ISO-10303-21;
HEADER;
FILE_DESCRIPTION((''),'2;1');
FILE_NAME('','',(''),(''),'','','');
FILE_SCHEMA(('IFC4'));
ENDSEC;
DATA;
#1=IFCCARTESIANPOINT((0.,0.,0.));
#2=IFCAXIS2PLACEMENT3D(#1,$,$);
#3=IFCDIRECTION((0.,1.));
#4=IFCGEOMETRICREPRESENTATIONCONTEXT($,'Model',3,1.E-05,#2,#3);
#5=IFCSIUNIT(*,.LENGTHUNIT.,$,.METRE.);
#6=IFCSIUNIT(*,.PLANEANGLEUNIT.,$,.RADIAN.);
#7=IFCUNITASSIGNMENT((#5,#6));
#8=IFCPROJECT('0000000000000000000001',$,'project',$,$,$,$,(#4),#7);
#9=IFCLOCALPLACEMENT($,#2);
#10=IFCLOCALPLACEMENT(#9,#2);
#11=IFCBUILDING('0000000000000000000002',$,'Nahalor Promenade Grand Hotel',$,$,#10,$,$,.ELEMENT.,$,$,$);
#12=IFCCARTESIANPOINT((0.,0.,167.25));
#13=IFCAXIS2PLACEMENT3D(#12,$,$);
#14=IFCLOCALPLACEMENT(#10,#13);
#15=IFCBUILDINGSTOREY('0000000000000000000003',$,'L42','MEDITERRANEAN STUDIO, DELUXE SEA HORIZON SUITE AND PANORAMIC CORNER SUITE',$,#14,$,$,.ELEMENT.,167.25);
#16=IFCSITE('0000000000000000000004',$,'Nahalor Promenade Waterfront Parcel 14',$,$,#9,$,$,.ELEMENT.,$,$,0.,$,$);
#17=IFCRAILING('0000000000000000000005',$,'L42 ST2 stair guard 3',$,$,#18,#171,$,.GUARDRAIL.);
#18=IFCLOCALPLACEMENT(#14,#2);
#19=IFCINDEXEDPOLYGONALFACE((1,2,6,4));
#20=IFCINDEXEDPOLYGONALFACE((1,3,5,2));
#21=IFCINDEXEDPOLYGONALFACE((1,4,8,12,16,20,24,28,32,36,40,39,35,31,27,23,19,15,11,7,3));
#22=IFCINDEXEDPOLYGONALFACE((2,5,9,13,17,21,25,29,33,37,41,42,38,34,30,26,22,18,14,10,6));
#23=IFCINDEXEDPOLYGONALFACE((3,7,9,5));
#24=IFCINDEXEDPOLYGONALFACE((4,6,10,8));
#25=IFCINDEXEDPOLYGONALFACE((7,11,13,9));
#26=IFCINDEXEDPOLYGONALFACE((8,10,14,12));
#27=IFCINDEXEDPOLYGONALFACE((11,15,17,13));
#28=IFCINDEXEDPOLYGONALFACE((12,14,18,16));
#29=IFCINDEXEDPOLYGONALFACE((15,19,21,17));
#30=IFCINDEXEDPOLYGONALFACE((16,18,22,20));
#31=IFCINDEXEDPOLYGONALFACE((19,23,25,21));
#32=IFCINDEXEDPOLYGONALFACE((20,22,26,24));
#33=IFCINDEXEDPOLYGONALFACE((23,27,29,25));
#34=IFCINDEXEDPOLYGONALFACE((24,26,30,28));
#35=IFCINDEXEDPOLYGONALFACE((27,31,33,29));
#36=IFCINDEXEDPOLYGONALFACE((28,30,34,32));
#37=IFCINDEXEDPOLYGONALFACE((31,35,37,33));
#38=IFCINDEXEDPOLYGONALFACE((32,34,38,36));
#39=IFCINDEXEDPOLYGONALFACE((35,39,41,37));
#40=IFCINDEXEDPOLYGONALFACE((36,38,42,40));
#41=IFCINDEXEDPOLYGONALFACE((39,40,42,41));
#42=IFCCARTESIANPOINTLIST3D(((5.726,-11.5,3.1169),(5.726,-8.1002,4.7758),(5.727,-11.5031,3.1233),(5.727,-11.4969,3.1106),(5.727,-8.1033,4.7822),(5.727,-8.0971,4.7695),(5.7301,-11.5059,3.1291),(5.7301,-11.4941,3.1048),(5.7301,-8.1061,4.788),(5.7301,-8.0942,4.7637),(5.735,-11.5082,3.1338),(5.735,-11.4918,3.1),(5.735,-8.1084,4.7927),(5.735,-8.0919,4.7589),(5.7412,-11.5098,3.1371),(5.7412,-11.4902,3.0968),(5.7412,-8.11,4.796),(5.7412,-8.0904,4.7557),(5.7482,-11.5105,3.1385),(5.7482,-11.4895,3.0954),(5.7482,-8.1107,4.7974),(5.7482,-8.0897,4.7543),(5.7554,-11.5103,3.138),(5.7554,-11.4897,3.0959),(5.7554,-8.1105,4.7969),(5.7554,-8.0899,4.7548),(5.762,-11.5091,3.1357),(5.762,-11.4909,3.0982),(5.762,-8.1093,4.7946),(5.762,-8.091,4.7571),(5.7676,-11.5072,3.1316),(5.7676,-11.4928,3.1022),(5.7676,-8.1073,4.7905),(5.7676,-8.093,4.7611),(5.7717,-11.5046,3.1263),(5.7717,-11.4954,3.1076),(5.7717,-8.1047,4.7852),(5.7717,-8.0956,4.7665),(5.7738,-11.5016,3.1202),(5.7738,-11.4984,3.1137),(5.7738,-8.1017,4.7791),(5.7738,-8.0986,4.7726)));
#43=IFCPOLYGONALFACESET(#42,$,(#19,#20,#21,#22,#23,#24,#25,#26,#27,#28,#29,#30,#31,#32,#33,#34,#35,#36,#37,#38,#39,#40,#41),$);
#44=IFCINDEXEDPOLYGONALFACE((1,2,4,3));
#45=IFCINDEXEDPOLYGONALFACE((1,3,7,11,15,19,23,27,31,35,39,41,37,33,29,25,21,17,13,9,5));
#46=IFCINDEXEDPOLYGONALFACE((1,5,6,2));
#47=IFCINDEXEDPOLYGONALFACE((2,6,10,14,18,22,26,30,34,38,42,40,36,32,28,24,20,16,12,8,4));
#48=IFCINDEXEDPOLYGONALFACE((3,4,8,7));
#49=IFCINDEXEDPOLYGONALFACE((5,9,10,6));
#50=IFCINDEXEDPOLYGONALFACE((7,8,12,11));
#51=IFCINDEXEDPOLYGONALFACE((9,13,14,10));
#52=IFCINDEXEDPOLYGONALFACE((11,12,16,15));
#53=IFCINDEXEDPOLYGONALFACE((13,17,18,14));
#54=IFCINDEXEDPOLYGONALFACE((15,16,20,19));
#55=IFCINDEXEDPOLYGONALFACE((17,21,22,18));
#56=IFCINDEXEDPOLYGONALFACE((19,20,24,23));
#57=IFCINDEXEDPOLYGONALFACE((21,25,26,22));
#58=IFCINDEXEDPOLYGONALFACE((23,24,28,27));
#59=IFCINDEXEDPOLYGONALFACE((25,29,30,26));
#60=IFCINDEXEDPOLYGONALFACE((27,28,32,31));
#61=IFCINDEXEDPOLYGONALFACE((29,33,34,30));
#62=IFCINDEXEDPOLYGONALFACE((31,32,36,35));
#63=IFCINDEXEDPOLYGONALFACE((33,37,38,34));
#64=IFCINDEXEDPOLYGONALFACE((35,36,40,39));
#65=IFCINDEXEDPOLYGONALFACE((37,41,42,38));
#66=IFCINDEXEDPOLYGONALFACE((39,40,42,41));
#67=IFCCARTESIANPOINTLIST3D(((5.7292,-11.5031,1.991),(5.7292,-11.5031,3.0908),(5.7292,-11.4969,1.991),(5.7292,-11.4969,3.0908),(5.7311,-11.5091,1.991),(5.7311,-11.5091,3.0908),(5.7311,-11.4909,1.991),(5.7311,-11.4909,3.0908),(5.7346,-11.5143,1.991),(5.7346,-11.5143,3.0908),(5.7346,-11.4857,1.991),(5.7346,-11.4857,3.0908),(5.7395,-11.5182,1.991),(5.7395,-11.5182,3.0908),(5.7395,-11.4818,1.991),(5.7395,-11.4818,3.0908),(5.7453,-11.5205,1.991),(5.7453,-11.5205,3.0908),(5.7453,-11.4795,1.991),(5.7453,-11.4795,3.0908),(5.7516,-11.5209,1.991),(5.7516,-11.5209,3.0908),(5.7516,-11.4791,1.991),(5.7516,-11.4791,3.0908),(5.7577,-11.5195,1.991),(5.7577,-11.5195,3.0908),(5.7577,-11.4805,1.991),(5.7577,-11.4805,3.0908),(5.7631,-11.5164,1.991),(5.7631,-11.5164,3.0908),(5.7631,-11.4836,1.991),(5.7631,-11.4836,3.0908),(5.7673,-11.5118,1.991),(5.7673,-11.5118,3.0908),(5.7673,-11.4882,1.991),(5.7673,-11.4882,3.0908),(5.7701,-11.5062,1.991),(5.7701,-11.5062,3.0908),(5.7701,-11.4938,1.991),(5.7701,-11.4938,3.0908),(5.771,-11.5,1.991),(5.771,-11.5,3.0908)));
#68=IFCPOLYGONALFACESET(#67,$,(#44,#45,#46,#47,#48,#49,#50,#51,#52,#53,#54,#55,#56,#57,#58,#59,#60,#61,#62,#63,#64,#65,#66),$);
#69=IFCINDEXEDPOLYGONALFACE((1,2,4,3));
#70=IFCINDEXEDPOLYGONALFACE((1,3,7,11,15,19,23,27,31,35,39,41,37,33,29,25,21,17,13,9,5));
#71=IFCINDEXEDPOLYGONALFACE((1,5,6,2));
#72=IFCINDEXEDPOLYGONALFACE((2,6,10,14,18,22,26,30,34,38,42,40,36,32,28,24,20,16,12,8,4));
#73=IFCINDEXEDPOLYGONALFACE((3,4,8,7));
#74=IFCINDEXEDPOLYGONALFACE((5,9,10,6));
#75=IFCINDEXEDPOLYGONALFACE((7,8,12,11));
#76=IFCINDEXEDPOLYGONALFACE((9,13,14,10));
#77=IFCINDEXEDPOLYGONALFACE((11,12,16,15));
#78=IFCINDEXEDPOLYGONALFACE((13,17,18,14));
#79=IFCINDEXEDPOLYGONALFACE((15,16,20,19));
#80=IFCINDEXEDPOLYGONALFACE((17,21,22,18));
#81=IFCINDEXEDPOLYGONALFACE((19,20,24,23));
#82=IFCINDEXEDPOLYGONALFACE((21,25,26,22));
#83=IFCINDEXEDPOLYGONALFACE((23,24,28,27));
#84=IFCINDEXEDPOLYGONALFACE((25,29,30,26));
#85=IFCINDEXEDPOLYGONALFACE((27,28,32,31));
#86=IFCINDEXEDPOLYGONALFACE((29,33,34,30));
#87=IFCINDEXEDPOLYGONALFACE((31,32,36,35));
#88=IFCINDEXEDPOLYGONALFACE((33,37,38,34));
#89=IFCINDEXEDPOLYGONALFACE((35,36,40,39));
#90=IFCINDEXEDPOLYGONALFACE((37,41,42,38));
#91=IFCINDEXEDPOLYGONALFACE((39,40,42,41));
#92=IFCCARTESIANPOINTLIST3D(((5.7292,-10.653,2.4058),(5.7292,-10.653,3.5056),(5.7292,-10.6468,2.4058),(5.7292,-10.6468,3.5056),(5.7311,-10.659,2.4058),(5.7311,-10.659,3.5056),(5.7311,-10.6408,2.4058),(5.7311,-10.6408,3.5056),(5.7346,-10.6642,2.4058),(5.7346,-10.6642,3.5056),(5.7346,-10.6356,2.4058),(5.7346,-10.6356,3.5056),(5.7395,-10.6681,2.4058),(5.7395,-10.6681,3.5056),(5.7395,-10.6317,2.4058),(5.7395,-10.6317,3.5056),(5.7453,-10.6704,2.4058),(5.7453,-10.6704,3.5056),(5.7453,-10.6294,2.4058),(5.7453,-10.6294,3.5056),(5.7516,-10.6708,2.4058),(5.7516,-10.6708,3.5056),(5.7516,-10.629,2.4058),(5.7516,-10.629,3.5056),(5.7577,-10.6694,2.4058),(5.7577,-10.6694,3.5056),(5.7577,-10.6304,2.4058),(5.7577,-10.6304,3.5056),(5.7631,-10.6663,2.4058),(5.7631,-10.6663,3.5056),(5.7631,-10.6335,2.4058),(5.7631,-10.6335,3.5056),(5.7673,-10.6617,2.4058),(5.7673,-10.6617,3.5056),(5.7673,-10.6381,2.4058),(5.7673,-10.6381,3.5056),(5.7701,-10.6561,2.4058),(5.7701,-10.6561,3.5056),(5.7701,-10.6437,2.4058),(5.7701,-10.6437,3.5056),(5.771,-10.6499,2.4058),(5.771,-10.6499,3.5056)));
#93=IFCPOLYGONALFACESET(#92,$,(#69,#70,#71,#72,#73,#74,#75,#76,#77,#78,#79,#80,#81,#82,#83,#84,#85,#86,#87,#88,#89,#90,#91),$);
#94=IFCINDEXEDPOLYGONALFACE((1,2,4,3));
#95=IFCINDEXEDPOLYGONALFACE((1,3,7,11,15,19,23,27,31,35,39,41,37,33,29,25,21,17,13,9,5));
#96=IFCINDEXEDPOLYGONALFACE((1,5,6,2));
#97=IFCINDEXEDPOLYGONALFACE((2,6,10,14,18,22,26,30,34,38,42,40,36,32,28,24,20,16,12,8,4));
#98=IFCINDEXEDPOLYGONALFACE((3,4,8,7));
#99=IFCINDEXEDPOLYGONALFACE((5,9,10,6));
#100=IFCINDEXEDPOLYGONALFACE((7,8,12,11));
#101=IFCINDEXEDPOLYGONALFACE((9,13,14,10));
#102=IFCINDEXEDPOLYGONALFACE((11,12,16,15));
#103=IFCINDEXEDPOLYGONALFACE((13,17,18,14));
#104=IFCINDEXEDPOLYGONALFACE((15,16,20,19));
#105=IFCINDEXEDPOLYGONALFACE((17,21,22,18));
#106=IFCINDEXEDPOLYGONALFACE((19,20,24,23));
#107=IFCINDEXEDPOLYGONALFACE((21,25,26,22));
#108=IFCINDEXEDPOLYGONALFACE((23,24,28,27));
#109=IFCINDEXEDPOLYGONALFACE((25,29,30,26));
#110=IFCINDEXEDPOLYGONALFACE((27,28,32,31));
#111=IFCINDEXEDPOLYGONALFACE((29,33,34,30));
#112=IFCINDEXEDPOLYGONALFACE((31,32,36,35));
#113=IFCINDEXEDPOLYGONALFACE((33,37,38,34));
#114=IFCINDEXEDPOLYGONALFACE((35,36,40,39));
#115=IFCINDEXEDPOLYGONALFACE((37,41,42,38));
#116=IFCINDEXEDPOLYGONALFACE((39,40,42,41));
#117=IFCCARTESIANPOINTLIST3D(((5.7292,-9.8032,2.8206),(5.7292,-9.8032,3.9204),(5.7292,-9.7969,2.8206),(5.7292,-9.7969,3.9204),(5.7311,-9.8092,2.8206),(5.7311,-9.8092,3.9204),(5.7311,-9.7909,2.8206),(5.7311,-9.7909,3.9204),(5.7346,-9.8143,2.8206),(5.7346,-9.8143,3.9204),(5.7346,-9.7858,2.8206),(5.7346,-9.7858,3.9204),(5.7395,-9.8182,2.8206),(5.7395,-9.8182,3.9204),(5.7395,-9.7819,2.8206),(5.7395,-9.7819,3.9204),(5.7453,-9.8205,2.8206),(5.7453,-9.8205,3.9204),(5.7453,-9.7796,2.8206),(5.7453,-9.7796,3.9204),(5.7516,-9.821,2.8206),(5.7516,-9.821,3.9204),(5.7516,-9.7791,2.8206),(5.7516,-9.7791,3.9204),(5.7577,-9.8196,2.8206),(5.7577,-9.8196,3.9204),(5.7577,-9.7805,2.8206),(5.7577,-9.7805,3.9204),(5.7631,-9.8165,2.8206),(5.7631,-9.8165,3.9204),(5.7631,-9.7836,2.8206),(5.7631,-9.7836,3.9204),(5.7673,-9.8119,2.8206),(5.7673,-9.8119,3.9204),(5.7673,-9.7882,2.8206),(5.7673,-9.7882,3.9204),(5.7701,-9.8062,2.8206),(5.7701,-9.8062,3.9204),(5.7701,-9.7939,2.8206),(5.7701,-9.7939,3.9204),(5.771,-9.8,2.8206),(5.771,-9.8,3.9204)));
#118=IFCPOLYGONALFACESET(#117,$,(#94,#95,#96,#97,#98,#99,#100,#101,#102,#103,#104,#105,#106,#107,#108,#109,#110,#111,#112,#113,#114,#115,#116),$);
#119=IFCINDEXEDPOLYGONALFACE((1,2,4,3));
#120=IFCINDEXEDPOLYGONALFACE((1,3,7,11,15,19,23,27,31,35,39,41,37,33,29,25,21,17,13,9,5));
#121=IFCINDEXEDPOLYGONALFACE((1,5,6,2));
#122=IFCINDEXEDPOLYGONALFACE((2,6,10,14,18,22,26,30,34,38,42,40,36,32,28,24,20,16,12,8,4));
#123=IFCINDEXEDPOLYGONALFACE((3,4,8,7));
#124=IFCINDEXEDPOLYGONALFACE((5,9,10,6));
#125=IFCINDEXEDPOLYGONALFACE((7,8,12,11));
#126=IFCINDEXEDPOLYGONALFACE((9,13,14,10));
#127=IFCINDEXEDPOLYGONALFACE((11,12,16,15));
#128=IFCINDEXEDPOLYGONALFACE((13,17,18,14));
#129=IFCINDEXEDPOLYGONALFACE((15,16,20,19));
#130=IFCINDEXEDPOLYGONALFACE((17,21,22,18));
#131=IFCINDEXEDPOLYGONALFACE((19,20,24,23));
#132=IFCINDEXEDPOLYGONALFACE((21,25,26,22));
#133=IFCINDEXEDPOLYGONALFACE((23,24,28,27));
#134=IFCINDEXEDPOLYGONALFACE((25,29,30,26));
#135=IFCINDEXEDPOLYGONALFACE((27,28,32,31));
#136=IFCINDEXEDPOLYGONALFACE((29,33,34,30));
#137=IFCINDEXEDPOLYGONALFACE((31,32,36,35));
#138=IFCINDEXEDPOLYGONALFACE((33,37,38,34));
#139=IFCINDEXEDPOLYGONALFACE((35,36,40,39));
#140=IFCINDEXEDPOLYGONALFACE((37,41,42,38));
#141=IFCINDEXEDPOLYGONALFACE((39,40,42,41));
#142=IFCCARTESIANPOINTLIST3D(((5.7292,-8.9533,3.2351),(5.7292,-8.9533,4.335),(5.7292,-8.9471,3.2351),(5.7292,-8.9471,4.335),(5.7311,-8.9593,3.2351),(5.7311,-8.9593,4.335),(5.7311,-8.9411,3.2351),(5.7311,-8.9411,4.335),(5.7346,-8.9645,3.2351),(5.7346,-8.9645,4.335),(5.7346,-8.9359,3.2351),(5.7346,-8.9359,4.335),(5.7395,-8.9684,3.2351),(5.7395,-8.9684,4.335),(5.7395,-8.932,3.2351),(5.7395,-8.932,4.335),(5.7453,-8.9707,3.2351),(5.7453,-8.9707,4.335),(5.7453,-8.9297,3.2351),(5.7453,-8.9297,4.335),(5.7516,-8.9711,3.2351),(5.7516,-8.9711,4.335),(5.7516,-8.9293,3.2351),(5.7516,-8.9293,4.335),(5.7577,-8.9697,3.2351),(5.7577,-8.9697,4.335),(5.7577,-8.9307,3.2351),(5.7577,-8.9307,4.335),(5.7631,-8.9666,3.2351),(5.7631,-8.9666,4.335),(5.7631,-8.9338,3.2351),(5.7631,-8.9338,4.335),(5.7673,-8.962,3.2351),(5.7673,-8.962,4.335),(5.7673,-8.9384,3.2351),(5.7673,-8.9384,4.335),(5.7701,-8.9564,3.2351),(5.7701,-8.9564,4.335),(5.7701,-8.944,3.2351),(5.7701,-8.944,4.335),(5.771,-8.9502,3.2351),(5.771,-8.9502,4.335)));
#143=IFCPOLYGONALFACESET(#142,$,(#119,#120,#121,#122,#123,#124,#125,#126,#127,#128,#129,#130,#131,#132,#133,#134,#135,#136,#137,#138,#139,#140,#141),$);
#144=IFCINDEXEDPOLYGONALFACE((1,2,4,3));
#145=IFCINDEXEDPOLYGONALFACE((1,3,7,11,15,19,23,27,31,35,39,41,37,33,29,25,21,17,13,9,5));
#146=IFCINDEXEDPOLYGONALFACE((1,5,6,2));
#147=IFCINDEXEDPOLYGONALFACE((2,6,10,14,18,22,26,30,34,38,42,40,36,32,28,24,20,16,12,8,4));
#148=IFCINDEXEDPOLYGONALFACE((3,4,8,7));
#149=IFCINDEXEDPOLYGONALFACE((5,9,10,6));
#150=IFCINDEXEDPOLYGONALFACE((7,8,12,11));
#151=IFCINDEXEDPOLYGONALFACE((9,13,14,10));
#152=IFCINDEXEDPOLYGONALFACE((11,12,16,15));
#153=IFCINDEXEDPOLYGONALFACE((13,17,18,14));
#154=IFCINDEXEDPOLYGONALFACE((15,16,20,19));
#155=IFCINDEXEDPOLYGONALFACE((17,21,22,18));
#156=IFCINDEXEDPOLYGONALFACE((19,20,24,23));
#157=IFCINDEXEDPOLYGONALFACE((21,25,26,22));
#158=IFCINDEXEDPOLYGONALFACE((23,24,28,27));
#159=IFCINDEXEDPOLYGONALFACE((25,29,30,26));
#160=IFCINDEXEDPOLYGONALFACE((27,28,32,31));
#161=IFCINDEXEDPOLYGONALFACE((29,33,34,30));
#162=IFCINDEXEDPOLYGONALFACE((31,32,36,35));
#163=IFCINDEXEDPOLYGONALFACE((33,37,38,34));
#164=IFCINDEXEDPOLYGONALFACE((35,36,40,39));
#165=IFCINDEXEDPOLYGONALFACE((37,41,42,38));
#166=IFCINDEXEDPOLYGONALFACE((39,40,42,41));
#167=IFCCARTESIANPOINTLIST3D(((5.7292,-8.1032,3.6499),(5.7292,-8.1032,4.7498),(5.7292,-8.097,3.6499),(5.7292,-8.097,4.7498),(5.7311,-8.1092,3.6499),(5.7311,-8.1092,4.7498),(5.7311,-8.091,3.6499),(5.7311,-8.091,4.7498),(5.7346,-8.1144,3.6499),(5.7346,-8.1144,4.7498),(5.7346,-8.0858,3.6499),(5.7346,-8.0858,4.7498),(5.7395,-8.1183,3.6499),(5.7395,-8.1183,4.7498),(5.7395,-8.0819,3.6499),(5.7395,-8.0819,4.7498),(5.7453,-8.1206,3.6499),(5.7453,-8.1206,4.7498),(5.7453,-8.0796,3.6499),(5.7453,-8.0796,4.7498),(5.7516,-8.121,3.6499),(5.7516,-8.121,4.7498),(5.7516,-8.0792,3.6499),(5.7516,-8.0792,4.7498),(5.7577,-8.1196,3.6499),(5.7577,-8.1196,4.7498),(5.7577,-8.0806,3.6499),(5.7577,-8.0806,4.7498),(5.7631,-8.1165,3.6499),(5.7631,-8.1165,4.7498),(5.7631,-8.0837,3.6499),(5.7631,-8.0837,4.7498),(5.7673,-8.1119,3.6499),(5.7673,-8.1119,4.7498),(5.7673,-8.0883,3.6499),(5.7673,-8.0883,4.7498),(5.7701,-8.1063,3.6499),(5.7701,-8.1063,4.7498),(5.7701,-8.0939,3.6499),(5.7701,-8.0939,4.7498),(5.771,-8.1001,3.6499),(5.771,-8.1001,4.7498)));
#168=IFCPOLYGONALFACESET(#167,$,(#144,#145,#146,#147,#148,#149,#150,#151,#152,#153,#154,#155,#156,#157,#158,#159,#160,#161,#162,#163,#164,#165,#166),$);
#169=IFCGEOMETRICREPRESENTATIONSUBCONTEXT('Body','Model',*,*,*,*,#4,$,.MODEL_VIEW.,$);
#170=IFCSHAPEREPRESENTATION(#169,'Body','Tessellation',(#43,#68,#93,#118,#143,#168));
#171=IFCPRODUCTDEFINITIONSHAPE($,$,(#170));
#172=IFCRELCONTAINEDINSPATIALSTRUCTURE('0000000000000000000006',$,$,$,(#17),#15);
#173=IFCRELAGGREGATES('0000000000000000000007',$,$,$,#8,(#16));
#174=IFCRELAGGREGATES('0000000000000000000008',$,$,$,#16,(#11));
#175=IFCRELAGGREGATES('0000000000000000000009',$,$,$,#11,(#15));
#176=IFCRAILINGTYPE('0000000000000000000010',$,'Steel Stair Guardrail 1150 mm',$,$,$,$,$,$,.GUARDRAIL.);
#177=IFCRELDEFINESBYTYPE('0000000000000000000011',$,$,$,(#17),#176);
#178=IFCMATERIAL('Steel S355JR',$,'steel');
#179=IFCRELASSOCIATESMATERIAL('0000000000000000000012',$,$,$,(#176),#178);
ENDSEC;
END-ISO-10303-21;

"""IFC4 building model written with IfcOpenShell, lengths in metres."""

from ifc_helpers import new_model, si_unit, direction, frame, origin, origin_2d, place, context, subcontext, project, spatial, circle, extrude, material, type_object, element, save


model = new_model("IFC4")

# Units and contexts
model_context = context("Model", 3, precision=1e-05, world=origin(), true_north=direction((0.0, 1.0)))
body_context = subcontext(model_context, "Body", "Model", "MODEL_VIEW")
ifc_project = project(units=[si_unit("LENGTHUNIT", "METRE"), si_unit("PLANEANGLEUNIT", "RADIAN")], contexts=[model_context])

# Site, building, storey
site_placement = place(None, origin())
site = spatial("IfcSite", under=ifc_project, at=site_placement, Name="Nahalor Promenade Waterfront Parcel 14", CompositionType="ELEMENT", RefElevation=0.0)
building_placement = place(site_placement, origin())
building = spatial("IfcBuilding", under=site, at=building_placement, Name="Nahalor Promenade Grand Hotel", CompositionType="ELEMENT")
storey_placement = place(building_placement, frame((0.0, 0.0, 167.25)))
storey = spatial("IfcBuildingStorey", under=building, at=storey_placement, Name="L42", Description="MEDITERRANEAN STUDIO, DELUXE SEA HORIZON SUITE AND PANORAMIC CORNER SUITE", CompositionType="ELEMENT", Elevation=167.25)

# Shared definitions
ifc_material_1 = material(Name="Steel S355JR", Category="steel")

# Railing
railing_type_1 = type_object("IfcRailingType", Name="Steel Stair Guardrail 1150 mm", PredefinedType="GUARDRAIL", material=ifc_material_1)
railing_1_placement = place(storey_placement, frame((5.75, -11.5, 1.991)))
element("IfcRailing", 1, at=railing_1_placement, inside=storey, type_object=railing_type_1, Name="L42 ST2 stair guard 3", PredefinedType="GUARDRAIL", context=body_context, shape_type="SweptSolid", body=[
    extrude(circle(Radius=0.024, at=origin_2d()), frame((0.0, 0.0, 1.126), z_axis=(0.0, 0.898722, 0.438519), x_axis=(-1.0, 0.0, 0.0)), (0.0, 0.0, 1.0), 3.783),
    extrude(circle(Radius=0.021, at=origin_2d()), origin(), (0.0, 0.0, 1.0), 1.0999),
    extrude(circle(Radius=0.021, at=origin_2d()), frame((0.0, 0.8501, 0.4148)), (0.0, 0.0, 1.0), 1.0999),
    extrude(circle(Radius=0.021, at=origin_2d()), frame((0.0, 1.7, 0.8296)), (0.0, 0.0, 1.0), 1.0999),
    extrude(circle(Radius=0.021, at=origin_2d()), frame((0.0, 2.5498, 1.2441)), (0.0, 0.0, 1.0), 1.0999),
    extrude(circle(Radius=0.021, at=origin_2d()), frame((0.0, 3.3999, 1.6589)), (0.0, 0.0, 1.0), 1.0999),
])

save(model, "model.ifc")
